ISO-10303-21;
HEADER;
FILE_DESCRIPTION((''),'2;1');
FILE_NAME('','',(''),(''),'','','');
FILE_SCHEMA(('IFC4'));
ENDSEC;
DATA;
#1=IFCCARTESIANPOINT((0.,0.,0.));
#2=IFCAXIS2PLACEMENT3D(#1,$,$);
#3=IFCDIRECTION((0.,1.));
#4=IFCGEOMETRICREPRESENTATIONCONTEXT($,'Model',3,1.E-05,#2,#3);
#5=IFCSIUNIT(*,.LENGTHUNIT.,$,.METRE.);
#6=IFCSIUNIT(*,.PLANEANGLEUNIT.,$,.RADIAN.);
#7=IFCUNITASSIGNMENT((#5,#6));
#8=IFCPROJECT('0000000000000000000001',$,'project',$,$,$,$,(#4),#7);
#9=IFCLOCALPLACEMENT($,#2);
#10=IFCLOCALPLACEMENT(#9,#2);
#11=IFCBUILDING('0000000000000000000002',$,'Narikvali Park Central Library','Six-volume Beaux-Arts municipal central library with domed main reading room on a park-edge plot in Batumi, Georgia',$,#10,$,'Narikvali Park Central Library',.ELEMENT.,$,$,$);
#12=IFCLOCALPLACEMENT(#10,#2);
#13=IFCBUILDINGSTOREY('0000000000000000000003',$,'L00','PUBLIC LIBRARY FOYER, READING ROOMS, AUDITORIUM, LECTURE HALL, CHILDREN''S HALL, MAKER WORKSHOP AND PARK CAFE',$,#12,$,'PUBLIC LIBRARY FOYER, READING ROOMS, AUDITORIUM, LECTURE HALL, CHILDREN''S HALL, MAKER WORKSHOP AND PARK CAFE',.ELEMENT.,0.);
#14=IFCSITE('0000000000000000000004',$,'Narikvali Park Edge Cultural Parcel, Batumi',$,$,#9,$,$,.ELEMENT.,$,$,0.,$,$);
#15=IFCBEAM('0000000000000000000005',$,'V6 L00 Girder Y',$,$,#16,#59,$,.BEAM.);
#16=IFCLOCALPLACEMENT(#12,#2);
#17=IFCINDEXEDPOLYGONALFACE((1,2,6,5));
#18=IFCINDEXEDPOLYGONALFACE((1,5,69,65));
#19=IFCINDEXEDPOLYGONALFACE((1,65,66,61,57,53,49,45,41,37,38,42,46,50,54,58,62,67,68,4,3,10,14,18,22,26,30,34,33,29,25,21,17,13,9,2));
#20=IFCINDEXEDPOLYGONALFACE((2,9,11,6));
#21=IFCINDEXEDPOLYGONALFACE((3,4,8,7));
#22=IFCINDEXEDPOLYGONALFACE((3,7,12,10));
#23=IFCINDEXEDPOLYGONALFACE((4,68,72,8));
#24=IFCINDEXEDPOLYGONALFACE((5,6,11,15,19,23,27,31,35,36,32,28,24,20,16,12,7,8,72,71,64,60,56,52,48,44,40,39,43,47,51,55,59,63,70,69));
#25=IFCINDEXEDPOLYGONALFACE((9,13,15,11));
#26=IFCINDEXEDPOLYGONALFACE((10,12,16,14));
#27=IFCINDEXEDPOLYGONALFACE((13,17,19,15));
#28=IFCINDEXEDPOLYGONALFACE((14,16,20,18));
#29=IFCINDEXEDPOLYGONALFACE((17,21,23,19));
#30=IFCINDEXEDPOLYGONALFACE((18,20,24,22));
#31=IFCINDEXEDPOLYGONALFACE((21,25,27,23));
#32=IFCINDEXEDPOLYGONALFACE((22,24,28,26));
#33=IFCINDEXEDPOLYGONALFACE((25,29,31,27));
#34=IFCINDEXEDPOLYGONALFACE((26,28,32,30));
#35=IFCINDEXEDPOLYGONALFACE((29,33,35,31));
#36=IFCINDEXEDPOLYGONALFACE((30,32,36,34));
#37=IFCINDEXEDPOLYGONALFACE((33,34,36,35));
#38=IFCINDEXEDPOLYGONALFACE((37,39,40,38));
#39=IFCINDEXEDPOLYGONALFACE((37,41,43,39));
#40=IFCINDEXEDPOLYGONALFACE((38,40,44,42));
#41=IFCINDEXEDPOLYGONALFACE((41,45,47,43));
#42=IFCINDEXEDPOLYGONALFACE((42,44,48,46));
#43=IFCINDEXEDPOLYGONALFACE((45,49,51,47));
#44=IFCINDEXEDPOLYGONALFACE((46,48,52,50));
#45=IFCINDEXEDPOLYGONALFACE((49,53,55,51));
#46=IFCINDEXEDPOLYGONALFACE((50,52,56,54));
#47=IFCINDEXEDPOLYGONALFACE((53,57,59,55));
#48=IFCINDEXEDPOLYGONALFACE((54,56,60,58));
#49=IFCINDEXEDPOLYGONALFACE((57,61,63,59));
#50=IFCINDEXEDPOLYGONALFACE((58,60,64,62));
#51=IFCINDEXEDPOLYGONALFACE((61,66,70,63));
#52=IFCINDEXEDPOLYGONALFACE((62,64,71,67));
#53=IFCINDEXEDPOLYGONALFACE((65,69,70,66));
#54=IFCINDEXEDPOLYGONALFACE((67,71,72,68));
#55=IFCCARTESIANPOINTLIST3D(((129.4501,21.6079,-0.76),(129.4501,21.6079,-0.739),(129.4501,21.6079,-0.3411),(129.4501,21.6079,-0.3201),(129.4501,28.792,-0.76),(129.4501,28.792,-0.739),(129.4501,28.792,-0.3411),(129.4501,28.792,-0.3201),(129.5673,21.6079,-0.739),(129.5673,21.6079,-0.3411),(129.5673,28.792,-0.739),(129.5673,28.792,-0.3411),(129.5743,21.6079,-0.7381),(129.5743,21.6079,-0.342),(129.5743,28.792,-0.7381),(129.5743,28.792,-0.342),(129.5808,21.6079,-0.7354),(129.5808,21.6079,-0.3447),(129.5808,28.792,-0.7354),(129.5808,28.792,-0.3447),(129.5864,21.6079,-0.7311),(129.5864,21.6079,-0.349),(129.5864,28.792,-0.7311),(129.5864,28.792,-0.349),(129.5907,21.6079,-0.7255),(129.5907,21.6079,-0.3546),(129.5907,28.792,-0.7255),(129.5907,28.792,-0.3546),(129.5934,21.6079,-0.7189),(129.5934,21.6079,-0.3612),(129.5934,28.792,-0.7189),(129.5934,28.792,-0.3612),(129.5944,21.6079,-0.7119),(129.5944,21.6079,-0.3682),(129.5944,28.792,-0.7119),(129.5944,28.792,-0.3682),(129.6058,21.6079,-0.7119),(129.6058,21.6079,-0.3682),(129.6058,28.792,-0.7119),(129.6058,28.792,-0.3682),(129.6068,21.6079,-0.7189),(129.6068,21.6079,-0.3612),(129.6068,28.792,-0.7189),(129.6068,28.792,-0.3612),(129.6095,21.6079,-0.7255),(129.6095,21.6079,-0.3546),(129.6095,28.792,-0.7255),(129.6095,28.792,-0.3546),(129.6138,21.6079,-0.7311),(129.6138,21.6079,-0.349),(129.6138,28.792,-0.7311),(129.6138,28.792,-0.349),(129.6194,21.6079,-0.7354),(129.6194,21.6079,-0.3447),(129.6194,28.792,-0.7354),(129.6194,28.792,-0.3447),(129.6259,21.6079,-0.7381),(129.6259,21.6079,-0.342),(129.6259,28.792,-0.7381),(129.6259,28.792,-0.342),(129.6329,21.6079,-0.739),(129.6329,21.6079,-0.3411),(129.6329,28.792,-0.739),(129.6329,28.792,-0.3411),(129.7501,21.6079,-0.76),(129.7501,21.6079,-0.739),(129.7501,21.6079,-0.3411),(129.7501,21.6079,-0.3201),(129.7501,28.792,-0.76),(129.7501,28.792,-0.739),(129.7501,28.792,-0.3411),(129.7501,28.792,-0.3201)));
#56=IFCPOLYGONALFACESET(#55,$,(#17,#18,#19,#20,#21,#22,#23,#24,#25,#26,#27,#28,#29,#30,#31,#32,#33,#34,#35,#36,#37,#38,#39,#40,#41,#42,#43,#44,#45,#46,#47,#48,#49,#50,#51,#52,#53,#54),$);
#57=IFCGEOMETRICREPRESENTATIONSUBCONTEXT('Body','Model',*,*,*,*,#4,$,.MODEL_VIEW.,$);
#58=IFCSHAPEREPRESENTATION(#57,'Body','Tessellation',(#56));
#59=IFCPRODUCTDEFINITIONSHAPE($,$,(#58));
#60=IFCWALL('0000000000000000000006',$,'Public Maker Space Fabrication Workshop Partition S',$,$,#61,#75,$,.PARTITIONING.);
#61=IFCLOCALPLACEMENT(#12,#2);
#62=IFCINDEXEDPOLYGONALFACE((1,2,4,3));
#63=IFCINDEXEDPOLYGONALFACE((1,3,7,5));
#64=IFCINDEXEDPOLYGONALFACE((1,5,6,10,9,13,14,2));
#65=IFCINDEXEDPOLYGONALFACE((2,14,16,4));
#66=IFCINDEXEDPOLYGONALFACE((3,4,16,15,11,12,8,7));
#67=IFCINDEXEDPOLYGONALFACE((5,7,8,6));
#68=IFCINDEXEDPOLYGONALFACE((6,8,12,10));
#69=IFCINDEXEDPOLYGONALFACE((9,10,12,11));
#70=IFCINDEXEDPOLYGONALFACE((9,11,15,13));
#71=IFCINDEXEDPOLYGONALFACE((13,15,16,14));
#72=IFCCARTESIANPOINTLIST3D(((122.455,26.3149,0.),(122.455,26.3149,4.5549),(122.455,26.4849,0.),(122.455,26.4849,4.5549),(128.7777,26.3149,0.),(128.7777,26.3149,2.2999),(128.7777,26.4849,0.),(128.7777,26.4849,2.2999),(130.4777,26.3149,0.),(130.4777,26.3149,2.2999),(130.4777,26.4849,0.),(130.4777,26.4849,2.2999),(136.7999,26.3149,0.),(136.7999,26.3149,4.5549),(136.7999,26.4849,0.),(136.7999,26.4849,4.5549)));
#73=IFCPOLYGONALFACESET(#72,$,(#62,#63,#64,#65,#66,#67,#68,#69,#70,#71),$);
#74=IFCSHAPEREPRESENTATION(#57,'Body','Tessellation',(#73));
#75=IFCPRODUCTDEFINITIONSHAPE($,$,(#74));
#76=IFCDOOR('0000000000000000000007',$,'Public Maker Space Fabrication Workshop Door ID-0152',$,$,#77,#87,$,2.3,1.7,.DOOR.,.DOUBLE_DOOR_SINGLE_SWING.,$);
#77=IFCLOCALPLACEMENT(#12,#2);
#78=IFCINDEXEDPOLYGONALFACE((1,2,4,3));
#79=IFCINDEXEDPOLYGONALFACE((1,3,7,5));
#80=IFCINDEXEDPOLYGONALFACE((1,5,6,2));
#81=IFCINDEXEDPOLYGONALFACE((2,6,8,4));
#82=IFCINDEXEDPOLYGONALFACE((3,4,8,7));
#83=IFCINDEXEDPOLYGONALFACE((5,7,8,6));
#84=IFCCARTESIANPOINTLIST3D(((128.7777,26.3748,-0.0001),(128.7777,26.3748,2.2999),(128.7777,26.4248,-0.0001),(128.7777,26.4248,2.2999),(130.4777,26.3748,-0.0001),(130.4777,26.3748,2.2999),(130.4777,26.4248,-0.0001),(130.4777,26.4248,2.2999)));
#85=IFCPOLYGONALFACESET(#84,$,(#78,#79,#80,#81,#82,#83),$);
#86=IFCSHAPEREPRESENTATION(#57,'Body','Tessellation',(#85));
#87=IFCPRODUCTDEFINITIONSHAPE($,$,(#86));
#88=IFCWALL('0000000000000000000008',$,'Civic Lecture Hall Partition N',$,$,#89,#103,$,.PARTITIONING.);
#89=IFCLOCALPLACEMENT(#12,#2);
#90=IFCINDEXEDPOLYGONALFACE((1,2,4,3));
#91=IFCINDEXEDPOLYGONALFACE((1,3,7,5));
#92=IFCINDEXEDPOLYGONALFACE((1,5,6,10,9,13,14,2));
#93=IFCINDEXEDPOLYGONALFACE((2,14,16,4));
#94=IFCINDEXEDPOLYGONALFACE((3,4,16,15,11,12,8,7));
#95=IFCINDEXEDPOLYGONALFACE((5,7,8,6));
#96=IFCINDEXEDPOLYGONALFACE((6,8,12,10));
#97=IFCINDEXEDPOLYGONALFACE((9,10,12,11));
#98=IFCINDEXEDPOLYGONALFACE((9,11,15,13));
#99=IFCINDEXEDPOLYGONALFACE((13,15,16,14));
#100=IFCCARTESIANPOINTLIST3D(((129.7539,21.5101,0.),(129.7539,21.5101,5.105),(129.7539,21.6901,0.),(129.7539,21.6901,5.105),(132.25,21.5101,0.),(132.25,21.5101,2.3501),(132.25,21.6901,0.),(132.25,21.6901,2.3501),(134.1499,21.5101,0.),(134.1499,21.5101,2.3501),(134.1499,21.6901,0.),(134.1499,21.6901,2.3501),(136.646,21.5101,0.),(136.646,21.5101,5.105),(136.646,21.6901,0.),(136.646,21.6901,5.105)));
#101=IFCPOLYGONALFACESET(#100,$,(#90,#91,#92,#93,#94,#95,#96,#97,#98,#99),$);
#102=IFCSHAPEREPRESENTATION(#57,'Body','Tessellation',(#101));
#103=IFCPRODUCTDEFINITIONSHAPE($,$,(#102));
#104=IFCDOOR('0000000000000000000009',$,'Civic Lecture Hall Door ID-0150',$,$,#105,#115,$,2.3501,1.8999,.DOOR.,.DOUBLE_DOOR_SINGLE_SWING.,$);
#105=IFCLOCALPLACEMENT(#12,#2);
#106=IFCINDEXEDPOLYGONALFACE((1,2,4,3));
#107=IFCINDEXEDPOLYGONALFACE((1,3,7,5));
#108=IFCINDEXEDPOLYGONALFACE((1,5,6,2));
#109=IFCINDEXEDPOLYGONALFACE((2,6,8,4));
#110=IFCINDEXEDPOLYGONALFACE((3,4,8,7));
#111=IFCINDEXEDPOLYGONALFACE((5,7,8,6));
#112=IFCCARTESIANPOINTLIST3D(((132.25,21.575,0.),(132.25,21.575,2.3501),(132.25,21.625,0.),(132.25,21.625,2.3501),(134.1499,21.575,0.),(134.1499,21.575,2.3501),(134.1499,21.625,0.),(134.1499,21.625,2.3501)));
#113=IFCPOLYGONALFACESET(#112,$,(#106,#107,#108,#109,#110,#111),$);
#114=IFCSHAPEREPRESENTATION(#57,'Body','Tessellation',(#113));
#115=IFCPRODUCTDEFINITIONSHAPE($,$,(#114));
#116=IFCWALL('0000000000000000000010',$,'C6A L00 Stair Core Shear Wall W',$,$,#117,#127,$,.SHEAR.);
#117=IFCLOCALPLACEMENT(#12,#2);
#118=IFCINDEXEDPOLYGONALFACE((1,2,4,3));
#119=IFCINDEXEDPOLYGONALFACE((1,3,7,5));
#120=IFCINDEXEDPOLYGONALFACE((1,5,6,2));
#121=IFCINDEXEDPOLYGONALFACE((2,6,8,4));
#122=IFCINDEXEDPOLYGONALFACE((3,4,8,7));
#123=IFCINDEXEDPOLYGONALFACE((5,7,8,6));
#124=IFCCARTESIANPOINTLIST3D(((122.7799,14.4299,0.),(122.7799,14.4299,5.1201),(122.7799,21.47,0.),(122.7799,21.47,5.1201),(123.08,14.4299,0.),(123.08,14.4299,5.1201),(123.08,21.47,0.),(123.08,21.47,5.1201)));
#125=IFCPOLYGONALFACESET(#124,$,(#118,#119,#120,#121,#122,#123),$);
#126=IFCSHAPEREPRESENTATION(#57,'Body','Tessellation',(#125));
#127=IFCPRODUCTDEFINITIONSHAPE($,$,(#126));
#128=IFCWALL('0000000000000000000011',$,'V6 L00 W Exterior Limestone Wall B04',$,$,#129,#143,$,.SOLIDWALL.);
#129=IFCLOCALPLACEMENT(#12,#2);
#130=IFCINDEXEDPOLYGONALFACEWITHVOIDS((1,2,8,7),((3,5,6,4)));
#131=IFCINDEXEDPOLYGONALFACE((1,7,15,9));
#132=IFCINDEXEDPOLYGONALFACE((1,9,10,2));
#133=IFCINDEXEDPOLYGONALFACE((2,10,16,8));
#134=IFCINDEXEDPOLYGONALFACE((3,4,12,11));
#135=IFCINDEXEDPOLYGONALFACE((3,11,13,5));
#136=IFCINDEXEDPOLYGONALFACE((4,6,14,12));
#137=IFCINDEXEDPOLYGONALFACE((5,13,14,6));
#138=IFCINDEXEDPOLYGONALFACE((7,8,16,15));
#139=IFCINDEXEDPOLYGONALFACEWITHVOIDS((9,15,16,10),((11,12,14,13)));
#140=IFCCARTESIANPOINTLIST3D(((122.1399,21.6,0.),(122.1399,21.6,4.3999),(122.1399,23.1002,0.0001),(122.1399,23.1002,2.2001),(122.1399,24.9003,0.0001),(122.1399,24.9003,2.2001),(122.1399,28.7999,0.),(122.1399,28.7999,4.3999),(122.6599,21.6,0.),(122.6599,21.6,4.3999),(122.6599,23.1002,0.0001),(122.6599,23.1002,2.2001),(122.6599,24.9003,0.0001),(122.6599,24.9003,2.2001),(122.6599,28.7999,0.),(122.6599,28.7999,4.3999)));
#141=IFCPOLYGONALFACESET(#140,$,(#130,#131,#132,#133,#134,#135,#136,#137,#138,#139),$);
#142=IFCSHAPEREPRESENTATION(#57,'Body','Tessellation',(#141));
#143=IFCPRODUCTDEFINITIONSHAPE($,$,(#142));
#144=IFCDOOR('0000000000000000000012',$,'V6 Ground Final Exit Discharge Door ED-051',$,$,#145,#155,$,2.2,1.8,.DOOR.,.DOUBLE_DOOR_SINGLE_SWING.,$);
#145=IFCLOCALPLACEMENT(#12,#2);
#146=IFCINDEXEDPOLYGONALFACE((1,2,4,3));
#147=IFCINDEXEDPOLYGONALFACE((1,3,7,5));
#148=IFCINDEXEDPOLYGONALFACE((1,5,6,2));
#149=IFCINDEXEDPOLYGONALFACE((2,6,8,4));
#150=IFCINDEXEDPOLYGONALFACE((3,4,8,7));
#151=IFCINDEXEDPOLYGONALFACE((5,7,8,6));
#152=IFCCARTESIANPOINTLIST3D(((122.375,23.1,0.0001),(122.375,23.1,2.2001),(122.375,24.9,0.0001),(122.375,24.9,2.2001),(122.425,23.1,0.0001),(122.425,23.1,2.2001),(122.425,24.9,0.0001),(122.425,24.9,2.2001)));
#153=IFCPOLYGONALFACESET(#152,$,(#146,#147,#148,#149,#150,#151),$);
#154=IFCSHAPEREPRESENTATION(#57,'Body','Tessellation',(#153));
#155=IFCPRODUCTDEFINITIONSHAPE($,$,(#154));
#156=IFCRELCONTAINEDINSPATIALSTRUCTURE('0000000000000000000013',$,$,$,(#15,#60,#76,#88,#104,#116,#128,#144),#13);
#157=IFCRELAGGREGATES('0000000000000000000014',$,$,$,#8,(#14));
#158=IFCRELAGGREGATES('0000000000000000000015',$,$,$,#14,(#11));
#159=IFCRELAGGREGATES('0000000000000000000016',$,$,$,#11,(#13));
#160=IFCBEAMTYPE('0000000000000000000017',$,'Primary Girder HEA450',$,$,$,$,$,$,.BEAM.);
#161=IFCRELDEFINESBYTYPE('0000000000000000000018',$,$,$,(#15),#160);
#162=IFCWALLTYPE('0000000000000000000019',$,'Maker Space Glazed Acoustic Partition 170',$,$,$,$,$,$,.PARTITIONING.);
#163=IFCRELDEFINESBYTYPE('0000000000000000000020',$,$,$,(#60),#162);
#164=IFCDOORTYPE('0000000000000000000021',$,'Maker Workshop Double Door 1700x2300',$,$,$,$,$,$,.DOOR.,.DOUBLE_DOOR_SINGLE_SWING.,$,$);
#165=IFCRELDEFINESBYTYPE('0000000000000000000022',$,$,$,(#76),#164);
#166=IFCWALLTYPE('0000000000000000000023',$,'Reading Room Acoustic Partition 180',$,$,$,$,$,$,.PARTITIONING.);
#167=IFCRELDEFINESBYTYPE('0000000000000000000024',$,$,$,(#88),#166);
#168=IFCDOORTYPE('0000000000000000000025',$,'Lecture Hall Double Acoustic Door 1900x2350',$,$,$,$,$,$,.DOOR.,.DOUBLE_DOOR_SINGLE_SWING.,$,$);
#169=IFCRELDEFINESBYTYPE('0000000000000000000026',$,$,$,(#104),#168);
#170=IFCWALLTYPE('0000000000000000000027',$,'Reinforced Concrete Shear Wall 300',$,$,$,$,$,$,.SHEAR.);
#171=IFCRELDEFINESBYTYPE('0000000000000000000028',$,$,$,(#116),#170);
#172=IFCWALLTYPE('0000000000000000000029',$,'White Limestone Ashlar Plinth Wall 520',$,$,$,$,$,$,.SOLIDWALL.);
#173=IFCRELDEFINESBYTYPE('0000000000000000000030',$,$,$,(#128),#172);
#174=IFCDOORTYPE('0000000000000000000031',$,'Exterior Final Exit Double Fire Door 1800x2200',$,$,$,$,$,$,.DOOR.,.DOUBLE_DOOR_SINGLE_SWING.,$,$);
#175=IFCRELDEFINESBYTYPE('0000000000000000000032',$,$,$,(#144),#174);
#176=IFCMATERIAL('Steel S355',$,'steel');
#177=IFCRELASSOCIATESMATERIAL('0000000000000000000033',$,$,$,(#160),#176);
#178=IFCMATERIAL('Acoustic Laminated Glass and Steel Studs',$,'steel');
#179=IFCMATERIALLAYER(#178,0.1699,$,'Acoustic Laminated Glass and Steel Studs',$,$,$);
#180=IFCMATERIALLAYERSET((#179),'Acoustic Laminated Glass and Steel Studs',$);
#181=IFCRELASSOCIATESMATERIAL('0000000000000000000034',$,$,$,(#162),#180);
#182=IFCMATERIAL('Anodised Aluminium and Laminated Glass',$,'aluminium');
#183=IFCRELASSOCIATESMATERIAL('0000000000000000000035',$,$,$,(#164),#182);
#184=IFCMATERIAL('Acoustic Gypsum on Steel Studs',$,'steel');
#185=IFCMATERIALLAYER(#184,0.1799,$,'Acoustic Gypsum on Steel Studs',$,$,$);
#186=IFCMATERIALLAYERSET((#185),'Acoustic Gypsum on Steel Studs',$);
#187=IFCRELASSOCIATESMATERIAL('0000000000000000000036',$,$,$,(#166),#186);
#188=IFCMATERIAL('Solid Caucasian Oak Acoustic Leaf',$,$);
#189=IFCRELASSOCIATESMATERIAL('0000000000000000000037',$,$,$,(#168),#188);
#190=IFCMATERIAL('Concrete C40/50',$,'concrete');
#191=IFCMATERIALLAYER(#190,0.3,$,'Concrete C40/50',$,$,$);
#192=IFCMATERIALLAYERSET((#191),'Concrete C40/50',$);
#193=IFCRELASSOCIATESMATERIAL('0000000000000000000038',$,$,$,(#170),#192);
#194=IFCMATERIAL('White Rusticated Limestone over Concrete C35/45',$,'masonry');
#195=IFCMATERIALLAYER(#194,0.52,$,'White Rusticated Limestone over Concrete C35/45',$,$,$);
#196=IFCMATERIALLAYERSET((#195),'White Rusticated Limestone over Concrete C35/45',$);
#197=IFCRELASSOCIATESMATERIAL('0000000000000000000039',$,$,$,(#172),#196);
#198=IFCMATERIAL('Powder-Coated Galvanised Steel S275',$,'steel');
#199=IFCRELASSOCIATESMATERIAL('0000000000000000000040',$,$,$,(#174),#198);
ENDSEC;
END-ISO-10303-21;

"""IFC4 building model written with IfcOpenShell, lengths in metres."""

from ifc_helpers import new_model, si_unit, direction, frame, frame_2d, origin, origin_2d, place, context, subcontext, project, spatial, rectangle, i_section, extrude, material, layer, layer_set, material_profile, profile_set, type_object, element, fill, save


model = new_model("IFC4")

# Units and contexts
model_context = context("Model", 3, precision=1e-05, world=origin(), true_north=direction((0.0, 1.0)))
body_context = subcontext(model_context, "Body", "Model", "MODEL_VIEW")
ifc_project = project(units=[si_unit("LENGTHUNIT", "METRE"), si_unit("PLANEANGLEUNIT", "RADIAN")], contexts=[model_context])

# Site, building, storey
site_placement = place(None, origin())
site = spatial("IfcSite", under=ifc_project, at=site_placement, Name="Narikvali Park Edge Cultural Parcel, Batumi", CompositionType="ELEMENT", RefElevation=0.0)
building_placement = place(site_placement, origin())
building = spatial("IfcBuilding", under=site, at=building_placement, Name="Narikvali Park Central Library", Description="Six-volume Beaux-Arts municipal central library with domed main reading room on a park-edge plot in Batumi, Georgia", LongName="Narikvali Park Central Library", CompositionType="ELEMENT")
storey_placement = place(building_placement, origin())
storey = spatial("IfcBuildingStorey", under=building, at=storey_placement, Name="L00", Description="PUBLIC LIBRARY FOYER, READING ROOMS, AUDITORIUM, LECTURE HALL, CHILDREN'S HALL, MAKER WORKSHOP AND PARK CAFE", LongName="PUBLIC LIBRARY FOYER, READING ROOMS, AUDITORIUM, LECTURE HALL, CHILDREN'S HALL, MAKER WORKSHOP AND PARK CAFE", CompositionType="ELEMENT", Elevation=0.0)

# Shared definitions
ifc_material_1 = material(Name="Steel S355", Category="steel")

# Beam
ifc_material_profile_1 = material_profile(ifc_material_1, i_section(OverallWidth=0.3, OverallDepth=0.4399, WebThickness=0.0115, FlangeThickness=0.021, FilletRadius=0.0271, at=origin_2d()), Name="HEA 450")
ifc_profile_set_1 = profile_set([ifc_material_profile_1], Name="Steel S355")
beam_type_1 = type_object("IfcBeamType", Name="Primary Girder HEA450", PredefinedType="BEAM", material=ifc_profile_set_1)
beam_1_placement = place(storey_placement, frame((129.6001, 21.6079, -0.54), z_axis=(0.0, 1.0, 0.0), x_axis=(-1.0, 0.0, 0.0)))
element("IfcBeam", 1, at=beam_1_placement, inside=storey, type_object=beam_type_1, Name="V6 L00 Girder Y", PredefinedType="BEAM", context=body_context, shape_type="SweptSolid", body=[
    extrude(i_section(OverallWidth=0.3, OverallDepth=0.4399, WebThickness=0.0115, FlangeThickness=0.021, FilletRadius=0.0271, at=origin_2d()), origin(), (0.0, 0.0, 1.0), 7.1841),
])

# Walls, openings, doors
ifc_material_2 = material(Name="Acoustic Laminated Glass and Steel Studs", Category="steel")
ifc_layer_1 = layer(ifc_material_2, 0.1699, Name="Acoustic Laminated Glass and Steel Studs")
ifc_layer_set_1 = layer_set([ifc_layer_1], Name="Acoustic Laminated Glass and Steel Studs")
wall_type_1 = type_object("IfcWallType", Name="Maker Space Glazed Acoustic Partition 170", PredefinedType="PARTITIONING", material=ifc_layer_set_1)
wall_1_placement = place(storey_placement, frame((122.4551, 26.3999, 0.0), z_axis=(0.0, 0.0, 1.0), x_axis=(1.0, 0.0, 0.0)))
wall_1 = element("IfcWall", 2, at=wall_1_placement, inside=storey, type_object=wall_type_1, Name="Public Maker Space Fabrication Workshop Partition S", PredefinedType="PARTITIONING", context=body_context, shape_type="SweptSolid", body=[
    extrude(rectangle(XDim=14.345, YDim=0.1699, at=frame_2d((7.1724, 0.0))), origin(), (0.0, 0.0, 1.0), 4.5549),
])
opening_1_placement = place(wall_1_placement, frame((6.3225, 0.0, 0.0)))
opening_1 = element("IfcOpeningElement", 3, at=opening_1_placement, cuts=wall_1, PredefinedType="OPENING", context=body_context, shape_type="SweptSolid", body=[
    extrude(rectangle(XDim=1.7, YDim=2.3, at=frame_2d((0.8501, 1.1499))), frame((0.0, 0.0969, 0.0), z_axis=(0.0, -1.0, 0.0), x_axis=(1.0, 0.0, 0.0)), (0.0, 0.0, 1.0), 0.1938),
])
ifc_material_3 = material(Name="Anodised Aluminium and Laminated Glass", Category="aluminium")
door_type_1 = type_object("IfcDoorType", Name="Maker Workshop Double Door 1700x2300", OperationType="DOUBLE_DOOR_SINGLE_SWING", PredefinedType="DOOR", material=ifc_material_3)
door_1_placement = place(opening_1_placement, origin())
door_1 = element("IfcDoor", 4, at=door_1_placement, inside=storey, type_object=door_type_1, Name="Public Maker Space Fabrication Workshop Door ID-0152", OperationType="DOUBLE_DOOR_SINGLE_SWING", OverallHeight=2.3, OverallWidth=1.7, PredefinedType="DOOR", context=body_context, shape_type="SweptSolid", body=[
    extrude(rectangle(XDim=1.7, YDim=2.3, at=frame_2d((0.8501, 1.1499))), frame((0.0, 0.0249, 0.0), z_axis=(0.0, -1.0, 0.0), x_axis=(1.0, 0.0, 0.0)), (0.0, 0.0, 1.0), 0.05),
])
fill(opening_1, door_1)
ifc_material_4 = material(Name="Acoustic Gypsum on Steel Studs", Category="steel")
ifc_layer_2 = layer(ifc_material_4, 0.1799, Name="Acoustic Gypsum on Steel Studs")
ifc_layer_set_2 = layer_set([ifc_layer_2], Name="Acoustic Gypsum on Steel Studs")
wall_type_2 = type_object("IfcWallType", Name="Reading Room Acoustic Partition 180", PredefinedType="PARTITIONING", material=ifc_layer_set_2)
wall_2_placement = place(storey_placement, frame((129.7539, 21.6001, 0.0), z_axis=(0.0, 0.0, 1.0), x_axis=(1.0, 0.0, 0.0)))
wall_2 = element("IfcWall", 5, at=wall_2_placement, inside=storey, type_object=wall_type_2, Name="Civic Lecture Hall Partition N", PredefinedType="PARTITIONING", context=body_context, shape_type="SweptSolid", body=[
    extrude(rectangle(XDim=6.8921, YDim=0.1799, at=frame_2d((3.446, 0.0))), origin(), (0.0, 0.0, 1.0), 5.105),
])
opening_2_placement = place(wall_2_placement, frame((2.4961, 0.0, 0.0)))
opening_2 = element("IfcOpeningElement", 6, at=opening_2_placement, cuts=wall_2, PredefinedType="OPENING", context=body_context, shape_type="SweptSolid", body=[
    extrude(rectangle(XDim=1.8999, YDim=2.3501, at=frame_2d((0.95, 1.175))), frame((0.0, 0.1021, 0.0), z_axis=(0.0, -1.0, 0.0), x_axis=(1.0, 0.0, 0.0)), (0.0, 0.0, 1.0), 0.2039),
])
ifc_material_5 = material(Name="Solid Caucasian Oak Acoustic Leaf")
door_type_2 = type_object("IfcDoorType", Name="Lecture Hall Double Acoustic Door 1900x2350", OperationType="DOUBLE_DOOR_SINGLE_SWING", PredefinedType="DOOR", material=ifc_material_5)
door_2_placement = place(opening_2_placement, origin())
door_2 = element("IfcDoor", 7, at=door_2_placement, inside=storey, type_object=door_type_2, Name="Civic Lecture Hall Door ID-0150", OperationType="DOUBLE_DOOR_SINGLE_SWING", OverallHeight=2.3501, OverallWidth=1.8999, PredefinedType="DOOR", context=body_context, shape_type="SweptSolid", body=[
    extrude(rectangle(XDim=1.8999, YDim=2.3501, at=frame_2d((0.95, 1.175))), frame((0.0, 0.0249, 0.0), z_axis=(0.0, -1.0, 0.0), x_axis=(1.0, 0.0, 0.0)), (0.0, 0.0, 1.0), 0.05),
])
fill(opening_2, door_2)
ifc_material_6 = material(Name="Concrete C40/50", Category="concrete")
ifc_layer_3 = layer(ifc_material_6, 0.3, Name="Concrete C40/50")
ifc_layer_set_3 = layer_set([ifc_layer_3], Name="Concrete C40/50")
wall_type_3 = type_object("IfcWallType", Name="Reinforced Concrete Shear Wall 300", PredefinedType="SHEAR", material=ifc_layer_set_3)

# Wall
wall_3_placement = place(storey_placement, frame((122.9299, 21.47, 0.0), z_axis=(0.0, 0.0, 1.0), x_axis=(0.0, -1.0, 0.0)))
element("IfcWall", 8, at=wall_3_placement, inside=storey, type_object=wall_type_3, Name="C6A L00 Stair Core Shear Wall W", PredefinedType="SHEAR", context=body_context, shape_type="SweptSolid", body=[
    extrude(rectangle(XDim=7.04, YDim=0.3, at=frame_2d((3.52, 0.0))), origin(), (0.0, 0.0, 1.0), 5.1201),
])

# Wall, opening, door
ifc_material_7 = material(Name="White Rusticated Limestone over Concrete C35/45", Category="masonry")
ifc_layer_4 = layer(ifc_material_7, 0.52, Name="White Rusticated Limestone over Concrete C35/45")
ifc_layer_set_4 = layer_set([ifc_layer_4], Name="White Rusticated Limestone over Concrete C35/45")
wall_type_4 = type_object("IfcWallType", Name="White Limestone Ashlar Plinth Wall 520", PredefinedType="SOLIDWALL", material=ifc_layer_set_4)
wall_4_placement = place(storey_placement, frame((122.3999, 28.8, 0.0), z_axis=(0.0, 0.0, 1.0), x_axis=(0.0, -1.0, 0.0)))
wall_4 = element("IfcWall", 9, at=wall_4_placement, inside=storey, type_object=wall_type_4, Name="V6 L00 W Exterior Limestone Wall B04", PredefinedType="SOLIDWALL", context=body_context, shape_type="SweptSolid", body=[
    extrude(rectangle(XDim=7.2, YDim=0.52, at=frame_2d((3.6001, 0.0))), origin(), (0.0, 0.0, 1.0), 4.3999),
])
opening_3_placement = place(wall_4_placement, frame((3.8999, 0.0, 0.0)))
opening_3 = element("IfcOpeningElement", 10, at=opening_3_placement, cuts=wall_4, PredefinedType="OPENING", context=body_context, shape_type="SweptSolid", body=[
    extrude(rectangle(XDim=1.8, YDim=2.2, at=frame_2d((0.8999, 1.1001))), frame((0.0, 0.272, 0.0), z_axis=(0.0, -1.0, 0.0), x_axis=(1.0, 0.0, 0.0)), (0.0, 0.0, 1.0), 0.5439),
])
ifc_material_8 = material(Name="Powder-Coated Galvanised Steel S275", Category="steel")
door_type_3 = type_object("IfcDoorType", Name="Exterior Final Exit Double Fire Door 1800x2200", OperationType="DOUBLE_DOOR_SINGLE_SWING", PredefinedType="DOOR", material=ifc_material_8)
door_3_placement = place(opening_3_placement, frame((1.8, 0.0, 0.0), z_axis=(0.0, 0.0, 1.0), x_axis=(-1.0, 0.0, 0.0)))
door_3 = element("IfcDoor", 11, at=door_3_placement, inside=storey, type_object=door_type_3, Name="V6 Ground Final Exit Discharge Door ED-051", OperationType="DOUBLE_DOOR_SINGLE_SWING", OverallHeight=2.2, OverallWidth=1.8, PredefinedType="DOOR", context=body_context, shape_type="SweptSolid", body=[
    extrude(rectangle(XDim=1.8, YDim=2.2, at=frame_2d((0.8999, 1.1001))), frame((0.0, 0.0249, 0.0), z_axis=(0.0, -1.0, 0.0), x_axis=(1.0, 0.0, 0.0)), (0.0, 0.0, 1.0), 0.05),
])
fill(opening_3, door_3)

save(model, "model.ifc")
